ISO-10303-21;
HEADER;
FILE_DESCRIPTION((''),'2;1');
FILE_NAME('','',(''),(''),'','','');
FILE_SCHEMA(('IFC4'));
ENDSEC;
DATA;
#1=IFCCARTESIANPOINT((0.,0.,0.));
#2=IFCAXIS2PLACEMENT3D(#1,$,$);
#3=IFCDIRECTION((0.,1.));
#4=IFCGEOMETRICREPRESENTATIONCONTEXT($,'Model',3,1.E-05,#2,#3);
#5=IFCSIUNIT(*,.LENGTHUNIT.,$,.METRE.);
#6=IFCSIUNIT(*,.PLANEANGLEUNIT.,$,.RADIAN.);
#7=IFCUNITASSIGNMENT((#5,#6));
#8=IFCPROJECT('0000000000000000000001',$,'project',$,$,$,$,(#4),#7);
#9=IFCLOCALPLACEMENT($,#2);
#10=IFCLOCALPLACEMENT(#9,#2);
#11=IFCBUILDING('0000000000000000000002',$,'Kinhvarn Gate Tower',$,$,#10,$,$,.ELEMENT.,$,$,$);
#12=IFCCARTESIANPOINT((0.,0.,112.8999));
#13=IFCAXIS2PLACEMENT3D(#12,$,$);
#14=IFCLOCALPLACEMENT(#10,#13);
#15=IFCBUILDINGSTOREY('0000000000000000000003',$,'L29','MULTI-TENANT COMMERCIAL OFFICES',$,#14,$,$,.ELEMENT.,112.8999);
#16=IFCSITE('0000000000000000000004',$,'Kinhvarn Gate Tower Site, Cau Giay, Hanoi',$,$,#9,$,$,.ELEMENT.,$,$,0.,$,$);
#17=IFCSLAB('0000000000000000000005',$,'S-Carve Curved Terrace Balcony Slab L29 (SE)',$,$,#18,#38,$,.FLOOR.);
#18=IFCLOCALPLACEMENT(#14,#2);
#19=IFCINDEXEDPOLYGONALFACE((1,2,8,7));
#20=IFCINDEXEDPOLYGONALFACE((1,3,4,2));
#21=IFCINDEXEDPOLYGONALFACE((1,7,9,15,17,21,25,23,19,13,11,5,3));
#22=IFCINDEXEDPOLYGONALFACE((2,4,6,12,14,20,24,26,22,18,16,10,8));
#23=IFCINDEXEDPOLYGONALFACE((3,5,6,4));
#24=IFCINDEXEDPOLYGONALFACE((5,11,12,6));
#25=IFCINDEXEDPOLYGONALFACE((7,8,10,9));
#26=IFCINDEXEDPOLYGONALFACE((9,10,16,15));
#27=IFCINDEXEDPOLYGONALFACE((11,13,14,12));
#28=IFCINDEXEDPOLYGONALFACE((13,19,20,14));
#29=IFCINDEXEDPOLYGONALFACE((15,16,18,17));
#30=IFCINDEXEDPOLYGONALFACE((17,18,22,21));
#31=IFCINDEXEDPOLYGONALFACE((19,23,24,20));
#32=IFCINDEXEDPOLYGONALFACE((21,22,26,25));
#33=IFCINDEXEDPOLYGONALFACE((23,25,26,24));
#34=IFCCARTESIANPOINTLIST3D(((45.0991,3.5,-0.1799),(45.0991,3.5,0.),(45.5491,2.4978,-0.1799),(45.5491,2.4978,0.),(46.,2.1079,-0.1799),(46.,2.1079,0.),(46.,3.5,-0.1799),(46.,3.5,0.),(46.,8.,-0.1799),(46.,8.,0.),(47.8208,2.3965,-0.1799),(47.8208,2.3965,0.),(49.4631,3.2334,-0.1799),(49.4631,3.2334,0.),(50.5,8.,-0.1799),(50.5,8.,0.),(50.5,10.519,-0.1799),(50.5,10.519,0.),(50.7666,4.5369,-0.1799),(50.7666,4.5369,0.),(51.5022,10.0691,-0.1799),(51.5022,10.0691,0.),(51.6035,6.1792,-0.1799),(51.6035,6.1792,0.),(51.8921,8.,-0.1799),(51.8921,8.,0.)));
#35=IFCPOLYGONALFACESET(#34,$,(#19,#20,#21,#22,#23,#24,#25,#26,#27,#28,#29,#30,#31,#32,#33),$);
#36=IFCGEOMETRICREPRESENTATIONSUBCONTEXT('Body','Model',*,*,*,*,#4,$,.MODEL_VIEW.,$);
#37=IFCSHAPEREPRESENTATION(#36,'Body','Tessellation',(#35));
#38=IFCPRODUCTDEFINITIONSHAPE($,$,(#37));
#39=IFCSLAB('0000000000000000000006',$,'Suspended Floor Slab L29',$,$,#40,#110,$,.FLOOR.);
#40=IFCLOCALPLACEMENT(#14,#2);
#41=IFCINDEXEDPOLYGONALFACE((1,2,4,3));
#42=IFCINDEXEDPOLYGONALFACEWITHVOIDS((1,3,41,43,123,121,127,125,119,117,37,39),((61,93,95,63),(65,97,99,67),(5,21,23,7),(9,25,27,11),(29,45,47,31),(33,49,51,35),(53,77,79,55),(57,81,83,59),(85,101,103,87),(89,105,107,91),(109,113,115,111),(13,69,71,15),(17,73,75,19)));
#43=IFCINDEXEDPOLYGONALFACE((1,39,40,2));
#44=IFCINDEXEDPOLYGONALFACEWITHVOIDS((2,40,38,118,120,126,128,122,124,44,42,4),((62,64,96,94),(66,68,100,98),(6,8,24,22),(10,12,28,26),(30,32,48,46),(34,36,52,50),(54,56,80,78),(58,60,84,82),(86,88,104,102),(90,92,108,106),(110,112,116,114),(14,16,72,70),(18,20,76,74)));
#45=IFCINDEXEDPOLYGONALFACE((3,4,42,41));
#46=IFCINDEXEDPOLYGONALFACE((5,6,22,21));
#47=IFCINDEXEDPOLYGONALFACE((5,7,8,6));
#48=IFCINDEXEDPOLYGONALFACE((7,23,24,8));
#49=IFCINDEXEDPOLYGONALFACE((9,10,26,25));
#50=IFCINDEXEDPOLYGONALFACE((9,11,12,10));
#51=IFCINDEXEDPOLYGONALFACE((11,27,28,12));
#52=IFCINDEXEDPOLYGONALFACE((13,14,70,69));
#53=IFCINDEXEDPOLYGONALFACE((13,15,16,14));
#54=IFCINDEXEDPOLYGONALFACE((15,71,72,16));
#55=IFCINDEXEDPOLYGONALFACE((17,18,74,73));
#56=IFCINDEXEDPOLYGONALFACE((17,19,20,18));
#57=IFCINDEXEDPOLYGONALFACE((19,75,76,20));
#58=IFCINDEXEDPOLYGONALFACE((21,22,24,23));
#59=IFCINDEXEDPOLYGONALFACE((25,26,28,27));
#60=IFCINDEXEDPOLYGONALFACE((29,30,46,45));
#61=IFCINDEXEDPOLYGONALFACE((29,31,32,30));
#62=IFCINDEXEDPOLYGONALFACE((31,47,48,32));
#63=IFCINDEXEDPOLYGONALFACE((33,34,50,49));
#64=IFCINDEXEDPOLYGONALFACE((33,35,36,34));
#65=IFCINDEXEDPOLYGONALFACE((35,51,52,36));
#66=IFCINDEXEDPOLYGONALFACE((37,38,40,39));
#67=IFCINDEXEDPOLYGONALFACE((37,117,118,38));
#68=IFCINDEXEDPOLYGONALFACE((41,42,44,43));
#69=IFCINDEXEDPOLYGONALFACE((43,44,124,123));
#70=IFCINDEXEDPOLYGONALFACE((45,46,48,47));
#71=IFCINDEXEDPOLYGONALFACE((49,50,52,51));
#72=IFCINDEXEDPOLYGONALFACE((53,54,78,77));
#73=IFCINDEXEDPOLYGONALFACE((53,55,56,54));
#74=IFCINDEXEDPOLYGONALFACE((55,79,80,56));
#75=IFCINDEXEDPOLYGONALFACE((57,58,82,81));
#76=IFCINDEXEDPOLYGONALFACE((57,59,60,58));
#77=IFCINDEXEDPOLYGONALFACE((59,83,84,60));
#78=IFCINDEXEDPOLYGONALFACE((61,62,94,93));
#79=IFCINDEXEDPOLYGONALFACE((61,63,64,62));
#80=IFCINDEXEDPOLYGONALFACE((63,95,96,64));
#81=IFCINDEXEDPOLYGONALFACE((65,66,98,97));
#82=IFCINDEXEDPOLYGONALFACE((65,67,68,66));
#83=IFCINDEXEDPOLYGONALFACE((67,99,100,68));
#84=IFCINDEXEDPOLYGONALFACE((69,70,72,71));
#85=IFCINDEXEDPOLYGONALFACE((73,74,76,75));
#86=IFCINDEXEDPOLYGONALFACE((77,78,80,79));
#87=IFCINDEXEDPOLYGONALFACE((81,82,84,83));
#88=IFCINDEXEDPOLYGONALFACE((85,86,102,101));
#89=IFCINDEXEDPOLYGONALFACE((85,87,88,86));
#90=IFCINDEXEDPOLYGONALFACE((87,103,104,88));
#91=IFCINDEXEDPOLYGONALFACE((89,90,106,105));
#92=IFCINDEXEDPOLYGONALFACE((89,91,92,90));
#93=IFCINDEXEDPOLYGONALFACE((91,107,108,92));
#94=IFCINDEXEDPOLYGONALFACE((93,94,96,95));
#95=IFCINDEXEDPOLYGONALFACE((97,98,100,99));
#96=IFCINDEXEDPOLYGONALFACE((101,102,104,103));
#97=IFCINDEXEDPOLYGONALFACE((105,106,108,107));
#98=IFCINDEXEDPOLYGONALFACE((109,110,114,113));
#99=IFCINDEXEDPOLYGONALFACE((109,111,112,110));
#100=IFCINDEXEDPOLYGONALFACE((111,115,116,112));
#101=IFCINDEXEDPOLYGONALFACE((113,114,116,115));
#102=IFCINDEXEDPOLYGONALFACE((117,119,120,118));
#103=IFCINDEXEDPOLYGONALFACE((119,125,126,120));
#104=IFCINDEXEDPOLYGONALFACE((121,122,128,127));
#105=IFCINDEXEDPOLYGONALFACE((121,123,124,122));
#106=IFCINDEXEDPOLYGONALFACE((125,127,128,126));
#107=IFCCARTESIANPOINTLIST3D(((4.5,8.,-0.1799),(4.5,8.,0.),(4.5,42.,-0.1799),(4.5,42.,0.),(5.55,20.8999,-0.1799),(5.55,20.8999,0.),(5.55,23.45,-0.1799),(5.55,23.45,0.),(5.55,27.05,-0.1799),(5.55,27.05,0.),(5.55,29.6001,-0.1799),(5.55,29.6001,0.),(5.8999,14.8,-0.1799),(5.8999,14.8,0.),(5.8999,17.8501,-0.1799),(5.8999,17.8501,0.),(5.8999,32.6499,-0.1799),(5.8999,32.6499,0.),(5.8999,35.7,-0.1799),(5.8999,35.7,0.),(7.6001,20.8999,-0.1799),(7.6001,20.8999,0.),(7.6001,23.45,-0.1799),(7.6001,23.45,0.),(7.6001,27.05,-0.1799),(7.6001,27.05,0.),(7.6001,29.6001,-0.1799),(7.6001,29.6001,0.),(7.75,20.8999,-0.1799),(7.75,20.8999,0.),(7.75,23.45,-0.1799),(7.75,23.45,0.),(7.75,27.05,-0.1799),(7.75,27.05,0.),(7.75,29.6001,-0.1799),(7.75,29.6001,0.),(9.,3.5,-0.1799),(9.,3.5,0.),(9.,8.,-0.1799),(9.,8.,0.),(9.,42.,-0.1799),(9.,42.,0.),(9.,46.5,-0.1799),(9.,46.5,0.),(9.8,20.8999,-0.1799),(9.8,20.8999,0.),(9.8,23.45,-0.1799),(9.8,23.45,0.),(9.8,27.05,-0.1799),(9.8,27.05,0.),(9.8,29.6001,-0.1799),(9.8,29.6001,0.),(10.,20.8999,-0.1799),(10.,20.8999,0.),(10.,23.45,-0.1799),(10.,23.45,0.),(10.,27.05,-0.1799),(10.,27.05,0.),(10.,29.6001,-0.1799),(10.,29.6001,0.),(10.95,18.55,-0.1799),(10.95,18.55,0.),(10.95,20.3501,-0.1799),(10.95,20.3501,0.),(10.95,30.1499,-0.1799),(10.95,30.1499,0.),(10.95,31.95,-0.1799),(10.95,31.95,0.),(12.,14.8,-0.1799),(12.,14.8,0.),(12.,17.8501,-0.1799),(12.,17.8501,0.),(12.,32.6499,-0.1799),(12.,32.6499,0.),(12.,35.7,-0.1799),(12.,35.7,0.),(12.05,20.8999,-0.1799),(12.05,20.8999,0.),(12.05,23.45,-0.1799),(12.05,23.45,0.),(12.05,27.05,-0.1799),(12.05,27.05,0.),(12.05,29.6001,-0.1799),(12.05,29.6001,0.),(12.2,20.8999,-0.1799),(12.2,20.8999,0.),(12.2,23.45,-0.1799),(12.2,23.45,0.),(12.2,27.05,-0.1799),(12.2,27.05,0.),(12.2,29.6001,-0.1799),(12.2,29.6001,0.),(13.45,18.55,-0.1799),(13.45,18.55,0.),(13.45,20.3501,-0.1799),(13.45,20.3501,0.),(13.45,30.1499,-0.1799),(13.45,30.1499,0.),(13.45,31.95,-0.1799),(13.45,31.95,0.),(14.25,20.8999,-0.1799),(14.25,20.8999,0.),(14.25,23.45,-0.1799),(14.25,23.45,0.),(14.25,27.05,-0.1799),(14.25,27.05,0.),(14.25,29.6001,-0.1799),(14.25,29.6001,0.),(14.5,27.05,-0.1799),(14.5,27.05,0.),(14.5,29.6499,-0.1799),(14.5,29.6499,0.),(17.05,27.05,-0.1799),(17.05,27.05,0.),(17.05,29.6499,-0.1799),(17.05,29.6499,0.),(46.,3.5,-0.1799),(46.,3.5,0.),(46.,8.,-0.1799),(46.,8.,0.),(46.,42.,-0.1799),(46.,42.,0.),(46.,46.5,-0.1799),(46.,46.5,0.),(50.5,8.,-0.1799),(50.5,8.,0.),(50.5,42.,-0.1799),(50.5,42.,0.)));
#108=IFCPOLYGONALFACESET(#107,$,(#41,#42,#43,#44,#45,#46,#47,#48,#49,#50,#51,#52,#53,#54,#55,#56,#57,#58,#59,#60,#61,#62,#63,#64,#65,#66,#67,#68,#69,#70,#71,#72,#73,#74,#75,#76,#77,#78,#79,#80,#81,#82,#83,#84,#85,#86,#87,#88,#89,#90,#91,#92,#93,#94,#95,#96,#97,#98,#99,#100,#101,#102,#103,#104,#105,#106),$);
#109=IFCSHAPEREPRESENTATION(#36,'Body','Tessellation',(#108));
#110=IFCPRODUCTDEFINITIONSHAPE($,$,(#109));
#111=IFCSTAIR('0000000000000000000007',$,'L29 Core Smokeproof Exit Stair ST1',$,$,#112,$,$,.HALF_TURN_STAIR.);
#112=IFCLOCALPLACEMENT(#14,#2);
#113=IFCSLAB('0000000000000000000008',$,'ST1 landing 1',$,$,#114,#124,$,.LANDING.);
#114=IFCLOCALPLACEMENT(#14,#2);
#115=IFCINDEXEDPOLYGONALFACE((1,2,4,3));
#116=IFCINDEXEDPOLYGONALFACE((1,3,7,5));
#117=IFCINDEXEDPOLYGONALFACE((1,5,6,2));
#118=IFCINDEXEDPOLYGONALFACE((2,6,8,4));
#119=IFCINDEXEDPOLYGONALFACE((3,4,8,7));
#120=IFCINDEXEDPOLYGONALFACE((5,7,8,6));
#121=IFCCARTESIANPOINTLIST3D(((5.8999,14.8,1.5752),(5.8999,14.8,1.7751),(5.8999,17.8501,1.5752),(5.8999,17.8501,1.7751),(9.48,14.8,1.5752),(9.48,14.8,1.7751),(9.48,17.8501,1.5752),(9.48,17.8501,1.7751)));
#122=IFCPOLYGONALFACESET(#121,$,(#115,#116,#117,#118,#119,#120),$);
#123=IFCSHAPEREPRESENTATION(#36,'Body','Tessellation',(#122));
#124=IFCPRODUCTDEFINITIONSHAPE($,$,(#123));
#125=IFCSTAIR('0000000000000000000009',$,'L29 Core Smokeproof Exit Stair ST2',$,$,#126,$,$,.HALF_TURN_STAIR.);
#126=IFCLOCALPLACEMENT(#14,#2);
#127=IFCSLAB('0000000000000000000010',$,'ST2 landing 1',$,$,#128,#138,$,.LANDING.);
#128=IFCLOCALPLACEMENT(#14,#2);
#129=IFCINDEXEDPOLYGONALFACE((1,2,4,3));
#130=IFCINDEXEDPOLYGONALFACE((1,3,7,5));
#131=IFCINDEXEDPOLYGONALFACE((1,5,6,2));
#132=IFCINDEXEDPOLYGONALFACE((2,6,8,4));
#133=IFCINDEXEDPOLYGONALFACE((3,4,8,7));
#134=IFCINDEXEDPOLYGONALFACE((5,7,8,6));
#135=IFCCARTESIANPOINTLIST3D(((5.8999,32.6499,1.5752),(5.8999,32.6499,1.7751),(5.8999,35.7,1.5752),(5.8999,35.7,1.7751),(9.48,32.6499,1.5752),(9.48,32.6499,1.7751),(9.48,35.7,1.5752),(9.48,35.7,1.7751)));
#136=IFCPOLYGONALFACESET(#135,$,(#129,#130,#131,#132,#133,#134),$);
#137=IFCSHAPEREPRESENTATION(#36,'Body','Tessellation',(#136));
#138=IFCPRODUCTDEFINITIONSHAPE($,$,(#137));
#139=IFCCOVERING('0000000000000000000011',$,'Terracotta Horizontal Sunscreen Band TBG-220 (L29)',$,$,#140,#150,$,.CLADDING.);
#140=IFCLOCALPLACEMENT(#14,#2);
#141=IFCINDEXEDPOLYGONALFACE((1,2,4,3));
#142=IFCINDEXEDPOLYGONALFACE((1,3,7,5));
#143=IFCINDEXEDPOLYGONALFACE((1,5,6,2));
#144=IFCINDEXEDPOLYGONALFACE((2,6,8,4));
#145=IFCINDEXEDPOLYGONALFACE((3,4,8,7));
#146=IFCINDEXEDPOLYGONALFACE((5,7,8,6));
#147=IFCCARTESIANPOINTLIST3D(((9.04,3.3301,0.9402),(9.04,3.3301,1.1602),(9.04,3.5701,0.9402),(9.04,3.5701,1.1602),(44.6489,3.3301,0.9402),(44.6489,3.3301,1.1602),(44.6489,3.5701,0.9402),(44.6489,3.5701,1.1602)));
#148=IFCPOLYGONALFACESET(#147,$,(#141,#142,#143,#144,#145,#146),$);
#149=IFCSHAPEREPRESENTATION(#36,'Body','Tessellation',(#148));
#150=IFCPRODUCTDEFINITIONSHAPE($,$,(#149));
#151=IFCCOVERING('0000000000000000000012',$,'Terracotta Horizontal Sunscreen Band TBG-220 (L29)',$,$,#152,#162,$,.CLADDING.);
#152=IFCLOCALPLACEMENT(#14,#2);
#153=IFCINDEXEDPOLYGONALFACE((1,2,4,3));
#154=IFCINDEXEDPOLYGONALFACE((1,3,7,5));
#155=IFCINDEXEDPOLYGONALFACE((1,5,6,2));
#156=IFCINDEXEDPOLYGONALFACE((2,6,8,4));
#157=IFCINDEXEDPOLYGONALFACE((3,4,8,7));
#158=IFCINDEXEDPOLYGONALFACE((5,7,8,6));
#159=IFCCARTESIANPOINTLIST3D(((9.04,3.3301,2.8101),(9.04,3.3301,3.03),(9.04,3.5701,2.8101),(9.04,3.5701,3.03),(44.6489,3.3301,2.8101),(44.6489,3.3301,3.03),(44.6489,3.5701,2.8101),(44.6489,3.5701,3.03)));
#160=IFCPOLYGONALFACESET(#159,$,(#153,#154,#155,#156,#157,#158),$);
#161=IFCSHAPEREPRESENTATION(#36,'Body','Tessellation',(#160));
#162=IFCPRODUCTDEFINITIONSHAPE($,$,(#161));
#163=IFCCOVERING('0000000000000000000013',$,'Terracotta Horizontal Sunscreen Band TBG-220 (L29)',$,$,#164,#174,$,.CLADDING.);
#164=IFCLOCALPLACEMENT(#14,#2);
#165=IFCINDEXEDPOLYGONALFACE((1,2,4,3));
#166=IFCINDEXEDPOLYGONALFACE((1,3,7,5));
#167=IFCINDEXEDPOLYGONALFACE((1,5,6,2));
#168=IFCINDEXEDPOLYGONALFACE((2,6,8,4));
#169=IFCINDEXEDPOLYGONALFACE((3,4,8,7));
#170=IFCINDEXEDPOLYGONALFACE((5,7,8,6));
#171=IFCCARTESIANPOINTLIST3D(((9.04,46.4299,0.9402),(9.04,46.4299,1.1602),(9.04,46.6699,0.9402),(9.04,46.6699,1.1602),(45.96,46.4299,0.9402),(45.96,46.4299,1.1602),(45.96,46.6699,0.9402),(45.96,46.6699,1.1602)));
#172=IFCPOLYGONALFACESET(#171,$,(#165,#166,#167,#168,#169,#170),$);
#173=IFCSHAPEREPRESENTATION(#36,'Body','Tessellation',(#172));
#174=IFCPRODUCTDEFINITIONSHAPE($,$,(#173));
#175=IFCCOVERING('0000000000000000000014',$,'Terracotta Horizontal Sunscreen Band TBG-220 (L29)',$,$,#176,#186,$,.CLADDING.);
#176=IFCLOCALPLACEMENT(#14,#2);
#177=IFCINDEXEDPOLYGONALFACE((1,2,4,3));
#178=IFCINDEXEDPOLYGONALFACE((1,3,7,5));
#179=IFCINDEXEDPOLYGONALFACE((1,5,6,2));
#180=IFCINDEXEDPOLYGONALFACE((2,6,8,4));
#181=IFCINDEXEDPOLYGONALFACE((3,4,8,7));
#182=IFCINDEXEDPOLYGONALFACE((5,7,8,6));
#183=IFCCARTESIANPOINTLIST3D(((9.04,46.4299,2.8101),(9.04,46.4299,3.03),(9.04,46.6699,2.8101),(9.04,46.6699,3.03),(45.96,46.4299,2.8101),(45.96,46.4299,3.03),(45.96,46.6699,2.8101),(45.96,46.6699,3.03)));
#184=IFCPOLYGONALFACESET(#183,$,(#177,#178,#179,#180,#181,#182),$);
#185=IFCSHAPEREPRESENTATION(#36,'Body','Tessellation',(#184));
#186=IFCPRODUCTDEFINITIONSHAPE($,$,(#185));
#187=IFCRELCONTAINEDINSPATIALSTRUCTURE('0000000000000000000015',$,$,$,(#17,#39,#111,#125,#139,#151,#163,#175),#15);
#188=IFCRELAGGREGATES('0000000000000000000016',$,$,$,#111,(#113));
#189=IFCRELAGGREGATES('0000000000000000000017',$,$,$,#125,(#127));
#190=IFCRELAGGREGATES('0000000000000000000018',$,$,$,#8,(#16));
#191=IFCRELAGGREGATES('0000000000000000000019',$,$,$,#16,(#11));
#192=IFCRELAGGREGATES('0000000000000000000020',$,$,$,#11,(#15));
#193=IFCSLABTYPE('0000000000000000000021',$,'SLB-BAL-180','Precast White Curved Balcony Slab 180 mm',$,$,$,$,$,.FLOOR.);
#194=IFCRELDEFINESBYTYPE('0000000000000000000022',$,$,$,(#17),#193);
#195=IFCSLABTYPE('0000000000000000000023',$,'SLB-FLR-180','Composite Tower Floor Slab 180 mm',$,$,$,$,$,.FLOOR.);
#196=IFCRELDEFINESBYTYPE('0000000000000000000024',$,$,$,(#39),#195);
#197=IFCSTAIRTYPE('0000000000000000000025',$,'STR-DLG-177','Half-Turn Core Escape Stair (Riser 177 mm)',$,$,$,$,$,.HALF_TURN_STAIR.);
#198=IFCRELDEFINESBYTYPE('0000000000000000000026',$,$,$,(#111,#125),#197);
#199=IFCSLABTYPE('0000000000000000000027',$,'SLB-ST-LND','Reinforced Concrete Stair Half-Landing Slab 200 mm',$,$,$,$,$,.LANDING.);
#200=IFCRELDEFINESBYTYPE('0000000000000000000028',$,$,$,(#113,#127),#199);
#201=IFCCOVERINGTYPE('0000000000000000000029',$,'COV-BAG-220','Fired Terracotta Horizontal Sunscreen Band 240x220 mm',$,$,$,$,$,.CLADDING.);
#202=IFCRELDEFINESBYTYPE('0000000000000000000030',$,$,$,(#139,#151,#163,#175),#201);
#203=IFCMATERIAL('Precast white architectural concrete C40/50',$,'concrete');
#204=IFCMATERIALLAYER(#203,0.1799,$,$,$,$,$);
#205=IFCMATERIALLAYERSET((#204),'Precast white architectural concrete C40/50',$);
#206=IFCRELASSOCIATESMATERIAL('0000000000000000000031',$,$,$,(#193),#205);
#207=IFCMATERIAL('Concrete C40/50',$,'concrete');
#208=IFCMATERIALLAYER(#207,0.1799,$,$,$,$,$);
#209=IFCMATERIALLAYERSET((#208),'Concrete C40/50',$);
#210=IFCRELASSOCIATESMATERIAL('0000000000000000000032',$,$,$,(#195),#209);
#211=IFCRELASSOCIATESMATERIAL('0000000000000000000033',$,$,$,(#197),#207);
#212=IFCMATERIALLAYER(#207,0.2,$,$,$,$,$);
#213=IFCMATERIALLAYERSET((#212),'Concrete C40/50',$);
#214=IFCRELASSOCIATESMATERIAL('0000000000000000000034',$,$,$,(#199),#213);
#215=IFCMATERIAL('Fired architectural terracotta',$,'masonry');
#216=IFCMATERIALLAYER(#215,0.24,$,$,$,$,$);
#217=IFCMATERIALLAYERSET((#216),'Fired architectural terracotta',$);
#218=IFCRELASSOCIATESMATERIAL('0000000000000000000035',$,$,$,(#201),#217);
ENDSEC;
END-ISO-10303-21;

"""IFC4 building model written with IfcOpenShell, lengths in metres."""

from ifc_helpers import new_model, si_unit, direction, frame, origin, place, context, subcontext, project, spatial, polyline, outline, extrude, material, layer, layer_set, type_object, element, aggregate, save


model = new_model("IFC4")

# Units and contexts
model_context = context("Model", 3, precision=1e-05, world=origin(), true_north=direction((0.0, 1.0)))
body_context = subcontext(model_context, "Body", "Model", "MODEL_VIEW")
ifc_project = project(units=[si_unit("LENGTHUNIT", "METRE"), si_unit("PLANEANGLEUNIT", "RADIAN")], contexts=[model_context])

# Site, building, storey
site_placement = place(None, origin())
site = spatial("IfcSite", under=ifc_project, at=site_placement, Name="Kinhvarn Gate Tower Site, Cau Giay, Hanoi", CompositionType="ELEMENT", RefElevation=0.0)
building_placement = place(site_placement, origin())
building = spatial("IfcBuilding", under=site, at=building_placement, Name="Kinhvarn Gate Tower", CompositionType="ELEMENT")
storey_placement = place(building_placement, frame((0.0, 0.0, 112.8999)))
storey = spatial("IfcBuildingStorey", under=building, at=storey_placement, Name="L29", Description="MULTI-TENANT COMMERCIAL OFFICES", CompositionType="ELEMENT", Elevation=112.8999)

# Slabs
ifc_material_1 = material(Name="Precast white architectural concrete C40/50", Category="concrete")
ifc_layer_1 = layer(ifc_material_1, 0.1799)
ifc_layer_set_1 = layer_set([ifc_layer_1], Name="Precast white architectural concrete C40/50")
slab_type_1 = type_object("IfcSlabType", Name="SLB-BAL-180", Description="Precast White Curved Balcony Slab 180 mm", PredefinedType="FLOOR", material=ifc_layer_set_1)
slab_1_placement = place(storey_placement, frame((0.0, 0.0, -0.1799)))
element("IfcSlab", 1, at=slab_1_placement, inside=storey, type_object=slab_type_1, Name="S-Carve Curved Terrace Balcony Slab L29 (SE)", PredefinedType="FLOOR", context=body_context, shape_type="SweptSolid", body=[
    extrude(outline(polyline([(45.0991, 3.5), (45.5491, 2.4978), (46.0, 2.1079), (47.8208, 2.3965), (49.4631, 3.2334), (50.7666, 4.5369), (51.6035, 6.1792), (51.8921, 8.0), (51.5022, 10.0691), (50.5, 10.519), (50.5, 8.0), (46.0, 8.0), (46.0, 3.5), (45.0991, 3.5)])), origin(), (0.0, 0.0, 1.0), 0.1799),
])
ifc_material_2 = material(Name="Concrete C40/50", Category="concrete")
ifc_layer_2 = layer(ifc_material_2, 0.1799)
ifc_layer_set_2 = layer_set([ifc_layer_2], Name="Concrete C40/50")
slab_type_2 = type_object("IfcSlabType", Name="SLB-FLR-180", Description="Composite Tower Floor Slab 180 mm", PredefinedType="FLOOR", material=ifc_layer_set_2)
slab_2_placement = place(storey_placement, frame((0.0, 0.0, -0.1799)))
element("IfcSlab", 2, at=slab_2_placement, inside=storey, type_object=slab_type_2, Name="Suspended Floor Slab L29", PredefinedType="FLOOR", context=body_context, shape_type="SweptSolid", body=[
    extrude(outline(polyline([(9.0, 3.5), (46.0, 3.5), (46.0, 8.0), (50.5, 8.0), (50.5, 42.0), (46.0, 42.0), (46.0, 46.5), (9.0, 46.5), (9.0, 42.0), (4.5, 42.0), (4.5, 8.0), (9.0, 8.0), (9.0, 3.5)]), holes=[polyline([(5.8999, 14.8), (12.0, 14.8), (12.0, 17.8501), (5.8999, 17.8501), (5.8999, 14.8)]), polyline([(5.8999, 32.6499), (12.0, 32.6499), (12.0, 35.7), (5.8999, 35.7), (5.8999, 32.6499)]), polyline([(5.55, 20.8999), (7.6001, 20.8999), (7.6001, 23.45), (5.55, 23.45), (5.55, 20.8999)]), polyline([(7.75, 20.8999), (9.8, 20.8999), (9.8, 23.45), (7.75, 23.45), (7.75, 20.8999)]), polyline([(5.55, 27.05), (7.6001, 27.05), (7.6001, 29.6001), (5.55, 29.6001), (5.55, 27.05)]), polyline([(7.75, 27.05), (9.8, 27.05), (9.8, 29.6001), (7.75, 29.6001), (7.75, 27.05)]), polyline([(10.0, 20.8999), (12.05, 20.8999), (12.05, 23.45), (10.0, 23.45), (10.0, 20.8999)]), polyline([(12.2, 20.8999), (14.25, 20.8999), (14.25, 23.45), (12.2, 23.45), (12.2, 20.8999)]), polyline([(10.0, 27.05), (12.05, 27.05), (12.05, 29.6001), (10.0, 29.6001), (10.0, 27.05)]), polyline([(12.2, 27.05), (14.25, 27.05), (14.25, 29.6001), (12.2, 29.6001), (12.2, 27.05)]), polyline([(14.5, 27.05), (17.05, 27.05), (17.05, 29.6499), (14.5, 29.6499), (14.5, 27.05)]), polyline([(10.95, 18.55), (13.45, 18.55), (13.45, 20.3501), (10.95, 20.3501), (10.95, 18.55)]), polyline([(10.95, 30.1499), (13.45, 30.1499), (13.45, 31.95), (10.95, 31.95), (10.95, 30.1499)])]), origin(), (0.0, 0.0, 1.0), 0.1799),
])

# Stairs, slabs
stair_type = type_object("IfcStairType", Name="STR-DLG-177", Description="Half-Turn Core Escape Stair (Riser 177 mm)", PredefinedType="HALF_TURN_STAIR", material=ifc_material_2)
stair_1_placement = place(storey_placement, origin())
stair_1 = element("IfcStair", 3, at=stair_1_placement, inside=storey, type_object=stair_type, Name="L29 Core Smokeproof Exit Stair ST1", PredefinedType="HALF_TURN_STAIR")
ifc_layer_3 = layer(ifc_material_2, 0.2)
ifc_layer_set_3 = layer_set([ifc_layer_3], Name="Concrete C40/50")
slab_type_3 = type_object("IfcSlabType", Name="SLB-ST-LND", Description="Reinforced Concrete Stair Half-Landing Slab 200 mm", PredefinedType="LANDING", material=ifc_layer_set_3)
slab_3_placement = place(storey_placement, frame((0.0, 0.0, 1.5752)))
slab_3 = element("IfcSlab", 4, at=slab_3_placement, type_object=slab_type_3, Name="ST1 landing 1", PredefinedType="LANDING", context=body_context, shape_type="SweptSolid", body=[
    extrude(outline(polyline([(9.48, 17.8501), (5.8999, 17.8501), (5.8999, 14.8), (9.48, 14.8), (9.48, 17.8501)])), origin(), (0.0, 0.0, 1.0), 0.2),
])
aggregate(stair_1, [slab_3])
stair_2_placement = place(storey_placement, origin())
stair_2 = element("IfcStair", 5, at=stair_2_placement, inside=storey, type_object=stair_type, Name="L29 Core Smokeproof Exit Stair ST2", PredefinedType="HALF_TURN_STAIR")
slab_4_placement = place(storey_placement, frame((0.0, 0.0, 1.5752)))
slab_4 = element("IfcSlab", 6, at=slab_4_placement, type_object=slab_type_3, Name="ST2 landing 1", PredefinedType="LANDING", context=body_context, shape_type="SweptSolid", body=[
    extrude(outline(polyline([(9.48, 35.7), (5.8999, 35.7), (5.8999, 32.6499), (9.48, 32.6499), (9.48, 35.7)])), origin(), (0.0, 0.0, 1.0), 0.2),
])
aggregate(stair_2, [slab_4])

# Coverings
ifc_material_3 = material(Name="Fired architectural terracotta", Category="masonry")
ifc_layer_4 = layer(ifc_material_3, 0.24)
ifc_layer_set_4 = layer_set([ifc_layer_4], Name="Fired architectural terracotta")
covering_type_1 = type_object("IfcCoveringType", Name="COV-BAG-220", Description="Fired Terracotta Horizontal Sunscreen Band 240x220 mm", PredefinedType="CLADDING", material=ifc_layer_set_4)
for number, where, name in (
    (7, (0.0, 0.0, 0.9402), "Terracotta Horizontal Sunscreen Band TBG-220 (L29)"),
    (8, (0.0, 0.0, 2.8101), "Terracotta Horizontal Sunscreen Band TBG-220 (L29)"),
):
    element("IfcCovering", number, at=place(storey_placement, frame(where)), inside=storey, type_object=covering_type_1, Name=name, PredefinedType="CLADDING", context=body_context, shape_type="SweptSolid", body=[
        extrude(outline(polyline([(9.04, 3.5701), (44.6489, 3.5701), (44.6489, 3.3301), (9.04, 3.3301), (9.04, 3.5701)])), origin(), (0.0, 0.0, 1.0), 0.22),
    ])
for number, where, name in (
    (9, (0.0, 0.0, 0.9402), "Terracotta Horizontal Sunscreen Band TBG-220 (L29)"),
    (10, (0.0, 0.0, 2.8101), "Terracotta Horizontal Sunscreen Band TBG-220 (L29)"),
):
    element("IfcCovering", number, at=place(storey_placement, frame(where)), inside=storey, type_object=covering_type_1, Name=name, PredefinedType="CLADDING", context=body_context, shape_type="SweptSolid", body=[
        extrude(outline(polyline([(45.96, 46.4299), (9.04, 46.4299), (9.04, 46.6699), (45.96, 46.6699), (45.96, 46.4299)])), origin(), (0.0, 0.0, 1.0), 0.22),
    ])

save(model, "model.ifc")
